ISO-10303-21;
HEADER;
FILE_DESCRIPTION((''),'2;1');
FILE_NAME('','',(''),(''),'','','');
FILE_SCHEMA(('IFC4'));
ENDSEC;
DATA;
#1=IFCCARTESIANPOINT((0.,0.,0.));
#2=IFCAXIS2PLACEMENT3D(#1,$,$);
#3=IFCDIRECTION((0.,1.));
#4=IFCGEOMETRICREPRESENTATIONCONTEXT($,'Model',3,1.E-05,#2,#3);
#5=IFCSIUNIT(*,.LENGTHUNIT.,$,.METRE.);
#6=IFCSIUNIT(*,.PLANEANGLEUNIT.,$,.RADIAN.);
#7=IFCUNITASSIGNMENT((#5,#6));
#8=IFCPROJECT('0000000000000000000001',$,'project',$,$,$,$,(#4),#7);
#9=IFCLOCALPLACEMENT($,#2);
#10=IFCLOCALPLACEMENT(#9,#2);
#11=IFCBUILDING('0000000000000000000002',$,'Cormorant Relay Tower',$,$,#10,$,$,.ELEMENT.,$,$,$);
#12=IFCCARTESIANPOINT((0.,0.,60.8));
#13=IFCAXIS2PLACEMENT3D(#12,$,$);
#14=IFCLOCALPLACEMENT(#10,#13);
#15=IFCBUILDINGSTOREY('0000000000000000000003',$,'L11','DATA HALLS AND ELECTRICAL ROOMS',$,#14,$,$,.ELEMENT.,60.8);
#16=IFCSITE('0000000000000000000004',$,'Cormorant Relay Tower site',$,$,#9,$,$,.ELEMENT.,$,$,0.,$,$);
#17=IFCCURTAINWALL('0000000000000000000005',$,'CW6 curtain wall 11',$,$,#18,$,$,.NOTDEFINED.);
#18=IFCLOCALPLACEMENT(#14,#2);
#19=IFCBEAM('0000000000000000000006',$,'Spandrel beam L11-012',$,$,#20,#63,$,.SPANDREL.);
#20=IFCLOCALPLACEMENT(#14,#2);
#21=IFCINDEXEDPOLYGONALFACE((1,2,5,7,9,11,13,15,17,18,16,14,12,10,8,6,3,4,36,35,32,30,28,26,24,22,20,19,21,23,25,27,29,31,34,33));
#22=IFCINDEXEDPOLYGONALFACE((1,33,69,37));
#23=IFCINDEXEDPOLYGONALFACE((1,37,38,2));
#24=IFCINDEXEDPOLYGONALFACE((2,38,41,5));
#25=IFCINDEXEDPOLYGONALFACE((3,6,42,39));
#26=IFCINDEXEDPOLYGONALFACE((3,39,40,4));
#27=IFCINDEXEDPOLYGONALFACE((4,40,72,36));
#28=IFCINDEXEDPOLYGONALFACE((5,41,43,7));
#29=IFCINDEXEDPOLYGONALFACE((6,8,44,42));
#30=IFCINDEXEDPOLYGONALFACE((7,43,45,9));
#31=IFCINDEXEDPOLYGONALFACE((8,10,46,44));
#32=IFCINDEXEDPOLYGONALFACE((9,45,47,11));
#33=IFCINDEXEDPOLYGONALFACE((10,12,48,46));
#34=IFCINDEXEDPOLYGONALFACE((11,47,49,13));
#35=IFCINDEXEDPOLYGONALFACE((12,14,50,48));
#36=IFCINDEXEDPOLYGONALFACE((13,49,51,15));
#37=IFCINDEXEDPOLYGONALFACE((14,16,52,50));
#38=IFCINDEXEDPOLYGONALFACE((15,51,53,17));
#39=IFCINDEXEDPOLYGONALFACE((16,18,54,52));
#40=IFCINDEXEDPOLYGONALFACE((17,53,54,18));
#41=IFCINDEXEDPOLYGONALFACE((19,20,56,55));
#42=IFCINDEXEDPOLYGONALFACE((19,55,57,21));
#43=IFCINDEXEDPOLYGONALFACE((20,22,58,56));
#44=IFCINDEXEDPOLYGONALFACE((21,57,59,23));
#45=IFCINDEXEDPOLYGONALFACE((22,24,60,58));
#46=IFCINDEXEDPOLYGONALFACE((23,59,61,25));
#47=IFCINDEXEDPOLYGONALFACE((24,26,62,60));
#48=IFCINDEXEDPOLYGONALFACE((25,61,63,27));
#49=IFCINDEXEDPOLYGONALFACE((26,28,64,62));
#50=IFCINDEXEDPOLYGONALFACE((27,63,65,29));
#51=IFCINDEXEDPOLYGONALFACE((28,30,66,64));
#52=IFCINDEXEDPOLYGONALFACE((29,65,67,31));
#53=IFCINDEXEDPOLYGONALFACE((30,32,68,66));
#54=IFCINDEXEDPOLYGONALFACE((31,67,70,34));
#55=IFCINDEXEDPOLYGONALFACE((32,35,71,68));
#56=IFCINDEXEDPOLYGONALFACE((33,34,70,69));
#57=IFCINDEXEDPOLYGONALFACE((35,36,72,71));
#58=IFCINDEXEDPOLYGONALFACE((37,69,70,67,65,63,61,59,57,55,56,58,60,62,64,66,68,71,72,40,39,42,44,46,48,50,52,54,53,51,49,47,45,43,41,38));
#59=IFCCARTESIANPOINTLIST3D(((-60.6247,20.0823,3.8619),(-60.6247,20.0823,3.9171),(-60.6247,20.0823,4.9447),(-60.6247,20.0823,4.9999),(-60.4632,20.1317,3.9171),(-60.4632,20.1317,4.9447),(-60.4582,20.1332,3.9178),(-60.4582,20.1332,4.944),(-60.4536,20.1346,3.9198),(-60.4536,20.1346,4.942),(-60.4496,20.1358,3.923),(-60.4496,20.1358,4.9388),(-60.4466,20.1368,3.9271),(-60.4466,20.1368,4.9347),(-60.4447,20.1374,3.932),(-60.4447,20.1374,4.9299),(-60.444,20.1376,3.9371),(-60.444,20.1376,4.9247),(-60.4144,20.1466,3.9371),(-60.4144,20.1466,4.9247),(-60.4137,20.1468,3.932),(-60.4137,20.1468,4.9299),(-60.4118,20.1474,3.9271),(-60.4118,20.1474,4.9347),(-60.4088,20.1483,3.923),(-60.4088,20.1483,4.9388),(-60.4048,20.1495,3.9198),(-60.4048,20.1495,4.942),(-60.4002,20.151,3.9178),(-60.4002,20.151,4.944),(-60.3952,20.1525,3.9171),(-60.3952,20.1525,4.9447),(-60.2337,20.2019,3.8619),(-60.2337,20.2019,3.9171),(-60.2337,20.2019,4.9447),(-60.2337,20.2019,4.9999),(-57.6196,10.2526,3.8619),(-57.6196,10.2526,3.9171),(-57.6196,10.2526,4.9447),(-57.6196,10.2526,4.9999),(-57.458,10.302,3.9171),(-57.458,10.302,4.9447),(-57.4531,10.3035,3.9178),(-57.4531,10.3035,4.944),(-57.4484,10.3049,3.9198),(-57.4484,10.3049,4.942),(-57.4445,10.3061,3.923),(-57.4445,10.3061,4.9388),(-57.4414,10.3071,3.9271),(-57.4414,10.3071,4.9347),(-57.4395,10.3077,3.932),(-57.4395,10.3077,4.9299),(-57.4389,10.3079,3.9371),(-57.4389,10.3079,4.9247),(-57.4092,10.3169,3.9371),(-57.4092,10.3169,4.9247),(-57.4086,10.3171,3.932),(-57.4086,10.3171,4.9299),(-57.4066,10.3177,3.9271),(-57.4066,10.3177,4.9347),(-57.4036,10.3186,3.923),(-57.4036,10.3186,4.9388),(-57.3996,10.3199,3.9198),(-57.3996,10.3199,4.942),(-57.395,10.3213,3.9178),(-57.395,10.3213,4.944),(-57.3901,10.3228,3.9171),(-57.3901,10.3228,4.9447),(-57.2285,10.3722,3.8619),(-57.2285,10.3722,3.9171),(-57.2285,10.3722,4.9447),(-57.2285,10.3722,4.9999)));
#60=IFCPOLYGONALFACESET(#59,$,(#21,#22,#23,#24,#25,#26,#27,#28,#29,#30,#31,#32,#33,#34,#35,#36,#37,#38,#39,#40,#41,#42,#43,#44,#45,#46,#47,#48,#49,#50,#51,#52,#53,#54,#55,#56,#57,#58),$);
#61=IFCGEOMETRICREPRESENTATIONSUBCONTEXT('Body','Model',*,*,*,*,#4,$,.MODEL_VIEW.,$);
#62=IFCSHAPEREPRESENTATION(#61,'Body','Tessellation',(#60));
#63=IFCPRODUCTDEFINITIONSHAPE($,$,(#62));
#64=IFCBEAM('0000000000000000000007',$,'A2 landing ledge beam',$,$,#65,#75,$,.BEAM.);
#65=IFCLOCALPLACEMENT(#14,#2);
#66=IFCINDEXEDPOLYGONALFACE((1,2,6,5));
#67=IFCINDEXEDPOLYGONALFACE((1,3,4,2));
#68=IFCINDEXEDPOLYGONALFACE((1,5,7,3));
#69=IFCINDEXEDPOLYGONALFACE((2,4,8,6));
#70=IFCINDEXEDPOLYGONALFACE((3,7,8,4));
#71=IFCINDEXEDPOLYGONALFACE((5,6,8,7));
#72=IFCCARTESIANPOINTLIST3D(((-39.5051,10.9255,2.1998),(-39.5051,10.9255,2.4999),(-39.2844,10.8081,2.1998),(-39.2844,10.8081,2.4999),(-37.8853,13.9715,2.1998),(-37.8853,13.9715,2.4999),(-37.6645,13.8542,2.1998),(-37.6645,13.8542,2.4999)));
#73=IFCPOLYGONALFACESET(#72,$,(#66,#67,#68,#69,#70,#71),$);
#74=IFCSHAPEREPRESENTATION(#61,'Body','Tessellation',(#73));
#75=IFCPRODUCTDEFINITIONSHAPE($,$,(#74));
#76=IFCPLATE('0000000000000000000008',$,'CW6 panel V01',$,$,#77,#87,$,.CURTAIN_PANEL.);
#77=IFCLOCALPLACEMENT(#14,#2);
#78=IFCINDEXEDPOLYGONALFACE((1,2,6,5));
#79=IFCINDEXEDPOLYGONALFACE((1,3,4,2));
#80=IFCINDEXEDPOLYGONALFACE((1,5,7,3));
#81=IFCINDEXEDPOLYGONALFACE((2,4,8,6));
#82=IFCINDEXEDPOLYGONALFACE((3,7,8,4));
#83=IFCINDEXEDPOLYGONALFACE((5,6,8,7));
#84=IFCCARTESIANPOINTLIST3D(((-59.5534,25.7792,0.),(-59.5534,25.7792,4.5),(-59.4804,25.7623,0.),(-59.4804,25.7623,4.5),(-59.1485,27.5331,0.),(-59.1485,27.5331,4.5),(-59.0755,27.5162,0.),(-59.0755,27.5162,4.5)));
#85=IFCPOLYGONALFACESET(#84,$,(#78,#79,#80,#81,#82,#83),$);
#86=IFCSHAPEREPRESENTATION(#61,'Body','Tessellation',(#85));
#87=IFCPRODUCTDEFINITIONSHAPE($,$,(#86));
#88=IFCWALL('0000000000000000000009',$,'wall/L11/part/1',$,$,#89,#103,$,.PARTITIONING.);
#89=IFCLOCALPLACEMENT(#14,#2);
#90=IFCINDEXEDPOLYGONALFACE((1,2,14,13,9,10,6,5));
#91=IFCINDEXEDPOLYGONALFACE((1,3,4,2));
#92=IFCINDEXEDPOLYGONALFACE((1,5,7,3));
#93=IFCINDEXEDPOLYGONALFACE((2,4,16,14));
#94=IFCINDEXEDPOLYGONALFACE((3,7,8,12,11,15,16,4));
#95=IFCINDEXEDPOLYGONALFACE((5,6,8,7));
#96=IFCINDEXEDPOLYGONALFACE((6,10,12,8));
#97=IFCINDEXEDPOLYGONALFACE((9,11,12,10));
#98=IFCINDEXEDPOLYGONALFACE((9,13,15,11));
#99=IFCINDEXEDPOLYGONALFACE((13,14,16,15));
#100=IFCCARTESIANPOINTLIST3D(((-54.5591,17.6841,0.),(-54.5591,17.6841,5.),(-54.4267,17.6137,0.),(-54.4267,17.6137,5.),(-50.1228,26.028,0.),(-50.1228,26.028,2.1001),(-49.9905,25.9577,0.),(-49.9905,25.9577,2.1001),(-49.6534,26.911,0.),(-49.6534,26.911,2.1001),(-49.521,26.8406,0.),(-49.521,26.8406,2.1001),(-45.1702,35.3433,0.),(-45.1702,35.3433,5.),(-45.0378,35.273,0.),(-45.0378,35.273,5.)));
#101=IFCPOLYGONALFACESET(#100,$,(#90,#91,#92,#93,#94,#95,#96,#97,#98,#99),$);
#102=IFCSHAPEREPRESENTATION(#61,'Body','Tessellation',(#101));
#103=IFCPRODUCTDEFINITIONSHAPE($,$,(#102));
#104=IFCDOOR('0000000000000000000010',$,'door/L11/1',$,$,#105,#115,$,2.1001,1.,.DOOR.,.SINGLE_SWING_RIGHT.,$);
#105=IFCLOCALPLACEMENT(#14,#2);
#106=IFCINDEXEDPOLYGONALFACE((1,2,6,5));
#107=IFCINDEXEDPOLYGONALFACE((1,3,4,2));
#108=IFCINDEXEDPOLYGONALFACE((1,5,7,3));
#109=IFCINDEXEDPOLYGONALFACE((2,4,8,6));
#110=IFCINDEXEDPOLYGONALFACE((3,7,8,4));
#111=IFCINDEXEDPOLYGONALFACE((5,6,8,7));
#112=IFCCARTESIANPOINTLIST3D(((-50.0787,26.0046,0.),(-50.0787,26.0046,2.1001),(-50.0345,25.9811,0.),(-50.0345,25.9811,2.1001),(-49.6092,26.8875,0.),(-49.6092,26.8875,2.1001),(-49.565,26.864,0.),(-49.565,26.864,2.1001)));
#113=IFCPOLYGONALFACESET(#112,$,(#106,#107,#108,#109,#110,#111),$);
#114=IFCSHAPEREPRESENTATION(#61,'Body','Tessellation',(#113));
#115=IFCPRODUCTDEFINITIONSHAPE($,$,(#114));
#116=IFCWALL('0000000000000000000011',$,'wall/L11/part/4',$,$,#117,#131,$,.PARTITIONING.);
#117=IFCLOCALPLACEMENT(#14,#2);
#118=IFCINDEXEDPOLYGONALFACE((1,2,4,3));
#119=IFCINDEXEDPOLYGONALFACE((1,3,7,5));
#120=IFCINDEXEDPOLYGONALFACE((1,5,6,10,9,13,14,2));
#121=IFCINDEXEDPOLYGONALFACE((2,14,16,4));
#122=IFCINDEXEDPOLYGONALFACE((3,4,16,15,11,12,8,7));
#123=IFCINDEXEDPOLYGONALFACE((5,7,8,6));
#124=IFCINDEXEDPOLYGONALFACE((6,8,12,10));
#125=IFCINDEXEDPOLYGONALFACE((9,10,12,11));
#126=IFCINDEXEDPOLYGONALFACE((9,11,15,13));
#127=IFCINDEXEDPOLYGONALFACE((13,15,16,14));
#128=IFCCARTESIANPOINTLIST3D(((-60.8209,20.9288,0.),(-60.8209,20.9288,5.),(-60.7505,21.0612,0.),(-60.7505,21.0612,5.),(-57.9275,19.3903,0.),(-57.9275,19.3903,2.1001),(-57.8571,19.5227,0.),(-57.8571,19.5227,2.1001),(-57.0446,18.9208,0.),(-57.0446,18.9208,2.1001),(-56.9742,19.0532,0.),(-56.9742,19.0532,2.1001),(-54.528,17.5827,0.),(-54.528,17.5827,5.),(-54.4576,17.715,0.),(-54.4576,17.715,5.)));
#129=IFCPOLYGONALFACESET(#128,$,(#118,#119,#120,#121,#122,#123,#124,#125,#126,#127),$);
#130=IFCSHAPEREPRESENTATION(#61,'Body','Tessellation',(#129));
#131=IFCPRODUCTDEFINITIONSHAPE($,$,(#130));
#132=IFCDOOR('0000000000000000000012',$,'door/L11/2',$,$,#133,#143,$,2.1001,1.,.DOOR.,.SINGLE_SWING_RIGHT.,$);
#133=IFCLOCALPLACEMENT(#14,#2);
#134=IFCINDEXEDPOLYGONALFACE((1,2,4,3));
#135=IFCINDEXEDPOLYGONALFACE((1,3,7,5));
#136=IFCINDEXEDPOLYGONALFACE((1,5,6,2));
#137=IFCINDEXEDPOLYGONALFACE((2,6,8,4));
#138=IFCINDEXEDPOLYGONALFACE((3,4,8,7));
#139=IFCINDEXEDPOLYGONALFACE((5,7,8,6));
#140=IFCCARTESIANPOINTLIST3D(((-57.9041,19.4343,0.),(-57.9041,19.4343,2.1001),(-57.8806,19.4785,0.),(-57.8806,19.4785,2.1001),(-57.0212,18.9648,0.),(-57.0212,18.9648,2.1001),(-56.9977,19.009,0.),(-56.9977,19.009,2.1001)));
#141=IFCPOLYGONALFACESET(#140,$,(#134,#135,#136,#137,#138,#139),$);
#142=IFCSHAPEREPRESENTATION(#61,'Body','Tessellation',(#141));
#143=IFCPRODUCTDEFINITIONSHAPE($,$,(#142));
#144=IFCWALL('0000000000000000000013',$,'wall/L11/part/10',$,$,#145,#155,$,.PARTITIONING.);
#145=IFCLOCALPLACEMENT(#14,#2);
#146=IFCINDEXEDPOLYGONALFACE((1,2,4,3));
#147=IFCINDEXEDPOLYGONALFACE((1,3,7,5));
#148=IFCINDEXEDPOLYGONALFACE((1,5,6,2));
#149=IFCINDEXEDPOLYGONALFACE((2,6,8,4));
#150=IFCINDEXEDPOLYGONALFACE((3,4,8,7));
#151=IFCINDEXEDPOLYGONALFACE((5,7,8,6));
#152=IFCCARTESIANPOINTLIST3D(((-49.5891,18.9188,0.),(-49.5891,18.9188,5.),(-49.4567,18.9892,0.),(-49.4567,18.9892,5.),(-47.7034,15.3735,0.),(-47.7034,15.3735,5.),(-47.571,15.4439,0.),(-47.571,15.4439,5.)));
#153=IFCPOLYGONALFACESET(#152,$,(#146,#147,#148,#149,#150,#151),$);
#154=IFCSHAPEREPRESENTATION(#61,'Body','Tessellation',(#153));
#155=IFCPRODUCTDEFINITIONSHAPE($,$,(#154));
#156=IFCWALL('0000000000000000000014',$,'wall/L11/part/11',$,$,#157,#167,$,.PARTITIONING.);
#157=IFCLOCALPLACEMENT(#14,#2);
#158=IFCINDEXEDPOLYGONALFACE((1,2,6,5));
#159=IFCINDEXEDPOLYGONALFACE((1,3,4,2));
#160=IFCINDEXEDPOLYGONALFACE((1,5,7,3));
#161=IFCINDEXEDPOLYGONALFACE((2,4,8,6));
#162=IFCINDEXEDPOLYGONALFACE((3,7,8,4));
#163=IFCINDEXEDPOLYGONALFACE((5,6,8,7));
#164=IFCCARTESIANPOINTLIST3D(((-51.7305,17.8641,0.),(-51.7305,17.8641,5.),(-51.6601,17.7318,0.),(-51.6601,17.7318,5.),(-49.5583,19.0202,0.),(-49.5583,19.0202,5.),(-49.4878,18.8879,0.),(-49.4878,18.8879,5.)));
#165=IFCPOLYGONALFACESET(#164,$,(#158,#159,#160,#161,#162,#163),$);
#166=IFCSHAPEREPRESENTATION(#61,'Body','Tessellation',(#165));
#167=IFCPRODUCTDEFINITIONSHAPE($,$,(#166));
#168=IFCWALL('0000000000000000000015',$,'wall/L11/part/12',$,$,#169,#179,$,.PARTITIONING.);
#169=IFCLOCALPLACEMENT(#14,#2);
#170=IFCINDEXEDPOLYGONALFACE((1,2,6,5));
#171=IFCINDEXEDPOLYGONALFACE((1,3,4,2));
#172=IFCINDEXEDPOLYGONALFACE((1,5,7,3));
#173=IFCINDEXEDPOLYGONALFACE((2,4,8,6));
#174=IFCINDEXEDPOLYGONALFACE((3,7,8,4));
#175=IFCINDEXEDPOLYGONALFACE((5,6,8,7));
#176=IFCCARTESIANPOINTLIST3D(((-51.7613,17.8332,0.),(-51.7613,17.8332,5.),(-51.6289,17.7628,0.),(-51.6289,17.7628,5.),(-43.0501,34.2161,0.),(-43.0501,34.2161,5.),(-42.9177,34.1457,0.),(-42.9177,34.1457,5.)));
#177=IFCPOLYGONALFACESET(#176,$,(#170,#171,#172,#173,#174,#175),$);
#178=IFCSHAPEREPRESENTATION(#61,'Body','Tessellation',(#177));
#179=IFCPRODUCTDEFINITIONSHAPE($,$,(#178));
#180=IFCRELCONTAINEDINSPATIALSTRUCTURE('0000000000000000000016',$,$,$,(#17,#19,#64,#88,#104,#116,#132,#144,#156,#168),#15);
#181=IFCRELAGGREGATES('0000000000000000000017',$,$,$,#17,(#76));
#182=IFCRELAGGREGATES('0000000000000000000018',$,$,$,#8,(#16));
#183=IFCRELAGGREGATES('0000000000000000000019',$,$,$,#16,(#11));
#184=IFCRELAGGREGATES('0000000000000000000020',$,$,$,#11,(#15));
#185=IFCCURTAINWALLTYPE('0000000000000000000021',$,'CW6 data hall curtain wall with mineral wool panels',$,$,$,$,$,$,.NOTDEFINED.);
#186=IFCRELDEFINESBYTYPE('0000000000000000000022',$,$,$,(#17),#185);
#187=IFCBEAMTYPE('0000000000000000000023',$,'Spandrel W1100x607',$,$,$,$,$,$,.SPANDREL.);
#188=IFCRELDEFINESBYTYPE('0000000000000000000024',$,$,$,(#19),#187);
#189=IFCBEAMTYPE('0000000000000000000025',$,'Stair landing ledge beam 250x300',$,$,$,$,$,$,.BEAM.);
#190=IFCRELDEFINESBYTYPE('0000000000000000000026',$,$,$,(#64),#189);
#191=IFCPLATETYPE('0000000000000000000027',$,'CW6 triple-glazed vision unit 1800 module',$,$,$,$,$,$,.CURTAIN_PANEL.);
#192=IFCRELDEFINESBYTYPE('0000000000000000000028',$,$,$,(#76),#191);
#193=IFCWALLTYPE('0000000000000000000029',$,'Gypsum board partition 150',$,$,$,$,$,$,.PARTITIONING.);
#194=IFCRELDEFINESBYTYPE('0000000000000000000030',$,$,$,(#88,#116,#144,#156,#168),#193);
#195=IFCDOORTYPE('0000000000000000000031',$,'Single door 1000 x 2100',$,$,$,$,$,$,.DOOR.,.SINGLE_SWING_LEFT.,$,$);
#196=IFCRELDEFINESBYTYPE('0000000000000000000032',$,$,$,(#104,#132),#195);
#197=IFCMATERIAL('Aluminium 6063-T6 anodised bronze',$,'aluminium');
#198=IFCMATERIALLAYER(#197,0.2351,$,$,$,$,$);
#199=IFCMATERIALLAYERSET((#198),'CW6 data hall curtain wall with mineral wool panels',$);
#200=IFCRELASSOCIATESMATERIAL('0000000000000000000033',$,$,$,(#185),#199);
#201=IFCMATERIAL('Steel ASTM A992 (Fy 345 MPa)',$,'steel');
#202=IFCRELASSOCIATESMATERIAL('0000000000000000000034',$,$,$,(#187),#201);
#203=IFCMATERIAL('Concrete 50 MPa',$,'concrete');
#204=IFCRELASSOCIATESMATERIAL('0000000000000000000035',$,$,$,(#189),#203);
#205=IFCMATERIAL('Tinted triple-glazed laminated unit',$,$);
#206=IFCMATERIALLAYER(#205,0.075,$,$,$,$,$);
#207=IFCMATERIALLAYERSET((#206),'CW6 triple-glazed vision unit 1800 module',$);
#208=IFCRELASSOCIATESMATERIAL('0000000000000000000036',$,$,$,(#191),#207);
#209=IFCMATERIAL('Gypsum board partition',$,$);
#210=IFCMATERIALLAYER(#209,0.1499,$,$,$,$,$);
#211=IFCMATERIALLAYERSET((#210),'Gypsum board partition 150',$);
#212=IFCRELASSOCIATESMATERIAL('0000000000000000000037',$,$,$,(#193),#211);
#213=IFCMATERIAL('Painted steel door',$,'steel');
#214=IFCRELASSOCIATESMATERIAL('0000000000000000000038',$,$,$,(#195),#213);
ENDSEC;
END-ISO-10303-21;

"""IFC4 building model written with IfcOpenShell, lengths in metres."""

from ifc_helpers import new_model, si_unit, direction, frame, frame_2d, origin, origin_2d, place, context, subcontext, project, spatial, rectangle, i_section, extrude, material, layer, layer_set, material_profile, profile_set, type_object, element, fill, aggregate, save


model = new_model("IFC4")

# Units and contexts
model_context = context("Model", 3, precision=1e-05, world=origin(), true_north=direction((0.0, 1.0)))
body_context = subcontext(model_context, "Body", "Model", "MODEL_VIEW")
ifc_project = project(units=[si_unit("LENGTHUNIT", "METRE"), si_unit("PLANEANGLEUNIT", "RADIAN")], contexts=[model_context])

# Site, building, storey
site_placement = place(None, origin())
site = spatial("IfcSite", under=ifc_project, at=site_placement, Name="Cormorant Relay Tower site", CompositionType="ELEMENT", RefElevation=0.0)
building_placement = place(site_placement, origin())
building = spatial("IfcBuilding", under=site, at=building_placement, Name="Cormorant Relay Tower", CompositionType="ELEMENT")
storey_placement = place(building_placement, frame((0.0, 0.0, 60.8)))
storey = spatial("IfcBuildingStorey", under=building, at=storey_placement, Name="L11", Description="DATA HALLS AND ELECTRICAL ROOMS", CompositionType="ELEMENT", Elevation=60.8)

# Curtain wall
ifc_material_1 = material(Name="Aluminium 6063-T6 anodised bronze", Category="aluminium")
ifc_layer_1 = layer(ifc_material_1, 0.2351)
ifc_layer_set_1 = layer_set([ifc_layer_1], Name="CW6 data hall curtain wall with mineral wool panels")
curtain_wall_type = type_object("IfcCurtainWallType", Name="CW6 data hall curtain wall with mineral wool panels", PredefinedType="NOTDEFINED", material=ifc_layer_set_1)
curtain_wall_1_placement = place(storey_placement, origin())
curtain_wall_1 = element("IfcCurtainWall", 1, at=curtain_wall_1_placement, inside=storey, type_object=curtain_wall_type, Name="CW6 curtain wall 11", PredefinedType="NOTDEFINED")

# Beams
ifc_material_2 = material(Name="Steel ASTM A992 (Fy 345 MPa)", Category="steel")
ifc_material_profile_1 = material_profile(ifc_material_2, i_section(OverallWidth=0.4089, OverallDepth=1.1379, WebThickness=0.031, FlangeThickness=0.0552, FilletRadius=0.02, at=origin_2d()), Name="W1100x607")
ifc_profile_set_1 = profile_set([ifc_material_profile_1], Name="Steel ASTM A992 (Fy 345 MPa)")
beam_type_1 = type_object("IfcBeamType", Name="Spandrel W1100x607", PredefinedType="SPANDREL", material=ifc_profile_set_1)
beam_1_placement = place(storey_placement, frame((-60.4292, 20.1421, 4.4309), z_axis=(0.292365, -0.956307, 0.0), x_axis=(0.956307, 0.292365, 0.0)))
element("IfcBeam", 2, at=beam_1_placement, inside=storey, type_object=beam_type_1, Name="Spandrel beam L11-012", PredefinedType="SPANDREL", context=body_context, shape_type="SweptSolid", body=[
    extrude(i_section(OverallWidth=0.4089, OverallDepth=1.1379, WebThickness=0.031, FlangeThickness=0.0552, FilletRadius=0.02, at=origin_2d()), origin(), (0.0, 0.0, 1.0), 10.2788),
])
ifc_material_3 = material(Name="Concrete 50 MPa", Category="concrete")
ifc_material_profile_2 = material_profile(ifc_material_3, rectangle(XDim=0.25, YDim=0.3, at=origin_2d()), Name="RC 250x300")
ifc_profile_set_2 = profile_set([ifc_material_profile_2], Name="Concrete 50 MPa")
beam_type_2 = type_object("IfcBeamType", Name="Stair landing ledge beam 250x300", PredefinedType="BEAM", material=ifc_profile_set_2)
beam_2_placement = place(storey_placement, frame((-37.7749, 13.9128, 2.3499), z_axis=(-0.469519, -0.882922, 0.0), x_axis=(0.882922, -0.469519, 0.0)))
element("IfcBeam", 3, at=beam_2_placement, inside=storey, type_object=beam_type_2, Name="A2 landing ledge beam", PredefinedType="BEAM", context=body_context, shape_type="SweptSolid", body=[
    extrude(rectangle(XDim=0.25, YDim=0.3, at=origin_2d()), origin(), (0.0, 0.0, 1.0), 3.45),
])

# Plate
ifc_material_4 = material(Name="Tinted triple-glazed laminated unit")
ifc_layer_2 = layer(ifc_material_4, 0.075)
ifc_layer_set_2 = layer_set([ifc_layer_2], Name="CW6 triple-glazed vision unit 1800 module")
plate_type = type_object("IfcPlateType", Name="CW6 triple-glazed vision unit 1800 module", PredefinedType="CURTAIN_PANEL", material=ifc_layer_set_2)
plate_placement = place(storey_placement, frame((-59.3145, 26.6477, 0.0), z_axis=(0.0, 0.0, 1.0), x_axis=(-0.224951, -0.97437, 0.0)))
plate = element("IfcPlate", 4, at=plate_placement, type_object=plate_type, Name="CW6 panel V01", PredefinedType="CURTAIN_PANEL", context=body_context, shape_type="SweptSolid", body=[
    extrude(rectangle(XDim=1.8, YDim=0.075, at=origin_2d()), origin(), (0.0, 0.0, 1.0), 4.5),
])

# Walls, openings, doors
ifc_material_5 = material(Name="Gypsum board partition")
ifc_layer_3 = layer(ifc_material_5, 0.1499)
ifc_layer_set_3 = layer_set([ifc_layer_3], Name="Gypsum board partition 150")
wall_type_1 = type_object("IfcWallType", Name="Gypsum board partition 150", PredefinedType="PARTITIONING", material=ifc_layer_set_3)
wall_1_placement = place(storey_placement, frame((-54.4929, 17.6489, 0.0), z_axis=(0.0, 0.0, 1.0), x_axis=(0.469447, 0.882961, 0.0)))
wall_1 = element("IfcWall", 5, at=wall_1_placement, inside=storey, type_object=wall_type_1, Name="wall/L11/part/1", PredefinedType="PARTITIONING", context=body_context, shape_type="SweptSolid", body=[
    extrude(rectangle(XDim=20.0, YDim=0.1499, at=frame_2d((10.0, 0.0))), origin(), (0.0, 0.0, 1.0), 5.0),
])
opening_1_placement = place(wall_1_placement, frame((9.45, 0.0, 0.0)))
opening_1 = element("IfcOpeningElement", 6, at=opening_1_placement, cuts=wall_1, PredefinedType="OPENING", context=body_context, shape_type="SweptSolid", body=[
    extrude(rectangle(XDim=1.0, YDim=2.1001, at=frame_2d((0.5, 1.05))), frame((0.0, 0.085, 0.0), z_axis=(0.0, -1.0, 0.0), x_axis=(1.0, 0.0, 0.0)), (0.0, 0.0, 1.0), 0.1699),
])
ifc_material_6 = material(Name="Painted steel door", Category="steel")
door_type = type_object("IfcDoorType", Name="Single door 1000 x 2100", OperationType="SINGLE_SWING_LEFT", PredefinedType="DOOR", material=ifc_material_6)
door_1_placement = place(opening_1_placement, origin())
door_1 = element("IfcDoor", 7, at=door_1_placement, inside=storey, type_object=door_type, Name="door/L11/1", OperationType="SINGLE_SWING_RIGHT", OverallHeight=2.1001, OverallWidth=1.0, PredefinedType="DOOR", context=body_context, shape_type="SweptSolid", body=[
    extrude(rectangle(XDim=1.0, YDim=2.1001, at=frame_2d((0.5, 1.05))), frame((0.0, 0.0249, 0.0), z_axis=(0.0, -1.0, 0.0), x_axis=(1.0, 0.0, 0.0)), (0.0, 0.0, 1.0), 0.05),
])
fill(opening_1, door_1)
wall_2_placement = place(storey_placement, frame((-54.4929, 17.6489, 0.0), z_axis=(0.0, 0.0, 1.0), x_axis=(-0.882938, 0.469489, 0.0)))
wall_2 = element("IfcWall", 8, at=wall_2_placement, inside=storey, type_object=wall_type_1, Name="wall/L11/part/4", PredefinedType="PARTITIONING", context=body_context, shape_type="SweptSolid", body=[
    extrude(rectangle(XDim=7.1272, YDim=0.1499, at=frame_2d((3.5635, 0.0))), origin(), (0.0, 0.0, 1.0), 5.0),
])
opening_2_placement = place(wall_2_placement, frame((2.8501, 0.0, 0.0)))
opening_2 = element("IfcOpeningElement", 9, at=opening_2_placement, cuts=wall_2, PredefinedType="OPENING", context=body_context, shape_type="SweptSolid", body=[
    extrude(rectangle(XDim=1.0, YDim=2.1001, at=frame_2d((0.5, 1.05))), frame((0.0, 0.085, 0.0), z_axis=(0.0, -1.0, 0.0), x_axis=(1.0, 0.0, 0.0)), (0.0, 0.0, 1.0), 0.1699),
])
door_2_placement = place(opening_2_placement, frame((1.0, 0.0, 0.0), z_axis=(0.0, 0.0, 1.0), x_axis=(-1.0, 0.0, 0.0)))
door_2 = element("IfcDoor", 10, at=door_2_placement, inside=storey, type_object=door_type, Name="door/L11/2", OperationType="SINGLE_SWING_RIGHT", OverallHeight=2.1001, OverallWidth=1.0, PredefinedType="DOOR", context=body_context, shape_type="SweptSolid", body=[
    extrude(rectangle(XDim=1.0, YDim=2.1001, at=frame_2d((0.5, 1.05))), frame((0.0, 0.0249, 0.0), z_axis=(0.0, -1.0, 0.0), x_axis=(1.0, 0.0, 0.0)), (0.0, 0.0, 1.0), 0.05),
])
fill(opening_2, door_2)

# Walls
wall_3_placement = place(storey_placement, frame((-47.6372, 15.4087, 0.0), z_axis=(0.0, 0.0, 1.0), x_axis=(-0.469591, 0.882884, 0.0)))
element("IfcWall", 11, at=wall_3_placement, inside=storey, type_object=wall_type_1, Name="wall/L11/part/10", PredefinedType="PARTITIONING", context=body_context, shape_type="SweptSolid", body=[
    extrude(rectangle(XDim=4.0156, YDim=0.1499, at=frame_2d((2.0078, 0.0))), origin(), (0.0, 0.0, 1.0), 5.0),
])
wall_4_placement = place(storey_placement, frame((-49.5229, 18.9541, 0.0), z_axis=(0.0, 0.0, 1.0), x_axis=(-0.882767, -0.46981, 0.0)))
element("IfcWall", 12, at=wall_4_placement, inside=storey, type_object=wall_type_1, Name="wall/L11/part/11", PredefinedType="PARTITIONING", context=body_context, shape_type="SweptSolid", body=[
    extrude(rectangle(XDim=2.4607, YDim=0.1499, at=frame_2d((1.2305, 0.0))), origin(), (0.0, 0.0, 1.0), 5.0),
])
wall_5_placement = place(storey_placement, frame((-51.6951, 17.7981, 0.0), z_axis=(0.0, 0.0, 1.0), x_axis=(0.469484, 0.882941, 0.0)))
element("IfcWall", 13, at=wall_5_placement, inside=storey, type_object=wall_type_1, Name="wall/L11/part/12", PredefinedType="PARTITIONING", context=body_context, shape_type="SweptSolid", body=[
    extrude(rectangle(XDim=18.5549, YDim=0.1499, at=frame_2d((9.2773, 0.0))), origin(), (0.0, 0.0, 1.0), 5.0),
])

aggregate(curtain_wall_1, [plate])

save(model, "model.ifc")
